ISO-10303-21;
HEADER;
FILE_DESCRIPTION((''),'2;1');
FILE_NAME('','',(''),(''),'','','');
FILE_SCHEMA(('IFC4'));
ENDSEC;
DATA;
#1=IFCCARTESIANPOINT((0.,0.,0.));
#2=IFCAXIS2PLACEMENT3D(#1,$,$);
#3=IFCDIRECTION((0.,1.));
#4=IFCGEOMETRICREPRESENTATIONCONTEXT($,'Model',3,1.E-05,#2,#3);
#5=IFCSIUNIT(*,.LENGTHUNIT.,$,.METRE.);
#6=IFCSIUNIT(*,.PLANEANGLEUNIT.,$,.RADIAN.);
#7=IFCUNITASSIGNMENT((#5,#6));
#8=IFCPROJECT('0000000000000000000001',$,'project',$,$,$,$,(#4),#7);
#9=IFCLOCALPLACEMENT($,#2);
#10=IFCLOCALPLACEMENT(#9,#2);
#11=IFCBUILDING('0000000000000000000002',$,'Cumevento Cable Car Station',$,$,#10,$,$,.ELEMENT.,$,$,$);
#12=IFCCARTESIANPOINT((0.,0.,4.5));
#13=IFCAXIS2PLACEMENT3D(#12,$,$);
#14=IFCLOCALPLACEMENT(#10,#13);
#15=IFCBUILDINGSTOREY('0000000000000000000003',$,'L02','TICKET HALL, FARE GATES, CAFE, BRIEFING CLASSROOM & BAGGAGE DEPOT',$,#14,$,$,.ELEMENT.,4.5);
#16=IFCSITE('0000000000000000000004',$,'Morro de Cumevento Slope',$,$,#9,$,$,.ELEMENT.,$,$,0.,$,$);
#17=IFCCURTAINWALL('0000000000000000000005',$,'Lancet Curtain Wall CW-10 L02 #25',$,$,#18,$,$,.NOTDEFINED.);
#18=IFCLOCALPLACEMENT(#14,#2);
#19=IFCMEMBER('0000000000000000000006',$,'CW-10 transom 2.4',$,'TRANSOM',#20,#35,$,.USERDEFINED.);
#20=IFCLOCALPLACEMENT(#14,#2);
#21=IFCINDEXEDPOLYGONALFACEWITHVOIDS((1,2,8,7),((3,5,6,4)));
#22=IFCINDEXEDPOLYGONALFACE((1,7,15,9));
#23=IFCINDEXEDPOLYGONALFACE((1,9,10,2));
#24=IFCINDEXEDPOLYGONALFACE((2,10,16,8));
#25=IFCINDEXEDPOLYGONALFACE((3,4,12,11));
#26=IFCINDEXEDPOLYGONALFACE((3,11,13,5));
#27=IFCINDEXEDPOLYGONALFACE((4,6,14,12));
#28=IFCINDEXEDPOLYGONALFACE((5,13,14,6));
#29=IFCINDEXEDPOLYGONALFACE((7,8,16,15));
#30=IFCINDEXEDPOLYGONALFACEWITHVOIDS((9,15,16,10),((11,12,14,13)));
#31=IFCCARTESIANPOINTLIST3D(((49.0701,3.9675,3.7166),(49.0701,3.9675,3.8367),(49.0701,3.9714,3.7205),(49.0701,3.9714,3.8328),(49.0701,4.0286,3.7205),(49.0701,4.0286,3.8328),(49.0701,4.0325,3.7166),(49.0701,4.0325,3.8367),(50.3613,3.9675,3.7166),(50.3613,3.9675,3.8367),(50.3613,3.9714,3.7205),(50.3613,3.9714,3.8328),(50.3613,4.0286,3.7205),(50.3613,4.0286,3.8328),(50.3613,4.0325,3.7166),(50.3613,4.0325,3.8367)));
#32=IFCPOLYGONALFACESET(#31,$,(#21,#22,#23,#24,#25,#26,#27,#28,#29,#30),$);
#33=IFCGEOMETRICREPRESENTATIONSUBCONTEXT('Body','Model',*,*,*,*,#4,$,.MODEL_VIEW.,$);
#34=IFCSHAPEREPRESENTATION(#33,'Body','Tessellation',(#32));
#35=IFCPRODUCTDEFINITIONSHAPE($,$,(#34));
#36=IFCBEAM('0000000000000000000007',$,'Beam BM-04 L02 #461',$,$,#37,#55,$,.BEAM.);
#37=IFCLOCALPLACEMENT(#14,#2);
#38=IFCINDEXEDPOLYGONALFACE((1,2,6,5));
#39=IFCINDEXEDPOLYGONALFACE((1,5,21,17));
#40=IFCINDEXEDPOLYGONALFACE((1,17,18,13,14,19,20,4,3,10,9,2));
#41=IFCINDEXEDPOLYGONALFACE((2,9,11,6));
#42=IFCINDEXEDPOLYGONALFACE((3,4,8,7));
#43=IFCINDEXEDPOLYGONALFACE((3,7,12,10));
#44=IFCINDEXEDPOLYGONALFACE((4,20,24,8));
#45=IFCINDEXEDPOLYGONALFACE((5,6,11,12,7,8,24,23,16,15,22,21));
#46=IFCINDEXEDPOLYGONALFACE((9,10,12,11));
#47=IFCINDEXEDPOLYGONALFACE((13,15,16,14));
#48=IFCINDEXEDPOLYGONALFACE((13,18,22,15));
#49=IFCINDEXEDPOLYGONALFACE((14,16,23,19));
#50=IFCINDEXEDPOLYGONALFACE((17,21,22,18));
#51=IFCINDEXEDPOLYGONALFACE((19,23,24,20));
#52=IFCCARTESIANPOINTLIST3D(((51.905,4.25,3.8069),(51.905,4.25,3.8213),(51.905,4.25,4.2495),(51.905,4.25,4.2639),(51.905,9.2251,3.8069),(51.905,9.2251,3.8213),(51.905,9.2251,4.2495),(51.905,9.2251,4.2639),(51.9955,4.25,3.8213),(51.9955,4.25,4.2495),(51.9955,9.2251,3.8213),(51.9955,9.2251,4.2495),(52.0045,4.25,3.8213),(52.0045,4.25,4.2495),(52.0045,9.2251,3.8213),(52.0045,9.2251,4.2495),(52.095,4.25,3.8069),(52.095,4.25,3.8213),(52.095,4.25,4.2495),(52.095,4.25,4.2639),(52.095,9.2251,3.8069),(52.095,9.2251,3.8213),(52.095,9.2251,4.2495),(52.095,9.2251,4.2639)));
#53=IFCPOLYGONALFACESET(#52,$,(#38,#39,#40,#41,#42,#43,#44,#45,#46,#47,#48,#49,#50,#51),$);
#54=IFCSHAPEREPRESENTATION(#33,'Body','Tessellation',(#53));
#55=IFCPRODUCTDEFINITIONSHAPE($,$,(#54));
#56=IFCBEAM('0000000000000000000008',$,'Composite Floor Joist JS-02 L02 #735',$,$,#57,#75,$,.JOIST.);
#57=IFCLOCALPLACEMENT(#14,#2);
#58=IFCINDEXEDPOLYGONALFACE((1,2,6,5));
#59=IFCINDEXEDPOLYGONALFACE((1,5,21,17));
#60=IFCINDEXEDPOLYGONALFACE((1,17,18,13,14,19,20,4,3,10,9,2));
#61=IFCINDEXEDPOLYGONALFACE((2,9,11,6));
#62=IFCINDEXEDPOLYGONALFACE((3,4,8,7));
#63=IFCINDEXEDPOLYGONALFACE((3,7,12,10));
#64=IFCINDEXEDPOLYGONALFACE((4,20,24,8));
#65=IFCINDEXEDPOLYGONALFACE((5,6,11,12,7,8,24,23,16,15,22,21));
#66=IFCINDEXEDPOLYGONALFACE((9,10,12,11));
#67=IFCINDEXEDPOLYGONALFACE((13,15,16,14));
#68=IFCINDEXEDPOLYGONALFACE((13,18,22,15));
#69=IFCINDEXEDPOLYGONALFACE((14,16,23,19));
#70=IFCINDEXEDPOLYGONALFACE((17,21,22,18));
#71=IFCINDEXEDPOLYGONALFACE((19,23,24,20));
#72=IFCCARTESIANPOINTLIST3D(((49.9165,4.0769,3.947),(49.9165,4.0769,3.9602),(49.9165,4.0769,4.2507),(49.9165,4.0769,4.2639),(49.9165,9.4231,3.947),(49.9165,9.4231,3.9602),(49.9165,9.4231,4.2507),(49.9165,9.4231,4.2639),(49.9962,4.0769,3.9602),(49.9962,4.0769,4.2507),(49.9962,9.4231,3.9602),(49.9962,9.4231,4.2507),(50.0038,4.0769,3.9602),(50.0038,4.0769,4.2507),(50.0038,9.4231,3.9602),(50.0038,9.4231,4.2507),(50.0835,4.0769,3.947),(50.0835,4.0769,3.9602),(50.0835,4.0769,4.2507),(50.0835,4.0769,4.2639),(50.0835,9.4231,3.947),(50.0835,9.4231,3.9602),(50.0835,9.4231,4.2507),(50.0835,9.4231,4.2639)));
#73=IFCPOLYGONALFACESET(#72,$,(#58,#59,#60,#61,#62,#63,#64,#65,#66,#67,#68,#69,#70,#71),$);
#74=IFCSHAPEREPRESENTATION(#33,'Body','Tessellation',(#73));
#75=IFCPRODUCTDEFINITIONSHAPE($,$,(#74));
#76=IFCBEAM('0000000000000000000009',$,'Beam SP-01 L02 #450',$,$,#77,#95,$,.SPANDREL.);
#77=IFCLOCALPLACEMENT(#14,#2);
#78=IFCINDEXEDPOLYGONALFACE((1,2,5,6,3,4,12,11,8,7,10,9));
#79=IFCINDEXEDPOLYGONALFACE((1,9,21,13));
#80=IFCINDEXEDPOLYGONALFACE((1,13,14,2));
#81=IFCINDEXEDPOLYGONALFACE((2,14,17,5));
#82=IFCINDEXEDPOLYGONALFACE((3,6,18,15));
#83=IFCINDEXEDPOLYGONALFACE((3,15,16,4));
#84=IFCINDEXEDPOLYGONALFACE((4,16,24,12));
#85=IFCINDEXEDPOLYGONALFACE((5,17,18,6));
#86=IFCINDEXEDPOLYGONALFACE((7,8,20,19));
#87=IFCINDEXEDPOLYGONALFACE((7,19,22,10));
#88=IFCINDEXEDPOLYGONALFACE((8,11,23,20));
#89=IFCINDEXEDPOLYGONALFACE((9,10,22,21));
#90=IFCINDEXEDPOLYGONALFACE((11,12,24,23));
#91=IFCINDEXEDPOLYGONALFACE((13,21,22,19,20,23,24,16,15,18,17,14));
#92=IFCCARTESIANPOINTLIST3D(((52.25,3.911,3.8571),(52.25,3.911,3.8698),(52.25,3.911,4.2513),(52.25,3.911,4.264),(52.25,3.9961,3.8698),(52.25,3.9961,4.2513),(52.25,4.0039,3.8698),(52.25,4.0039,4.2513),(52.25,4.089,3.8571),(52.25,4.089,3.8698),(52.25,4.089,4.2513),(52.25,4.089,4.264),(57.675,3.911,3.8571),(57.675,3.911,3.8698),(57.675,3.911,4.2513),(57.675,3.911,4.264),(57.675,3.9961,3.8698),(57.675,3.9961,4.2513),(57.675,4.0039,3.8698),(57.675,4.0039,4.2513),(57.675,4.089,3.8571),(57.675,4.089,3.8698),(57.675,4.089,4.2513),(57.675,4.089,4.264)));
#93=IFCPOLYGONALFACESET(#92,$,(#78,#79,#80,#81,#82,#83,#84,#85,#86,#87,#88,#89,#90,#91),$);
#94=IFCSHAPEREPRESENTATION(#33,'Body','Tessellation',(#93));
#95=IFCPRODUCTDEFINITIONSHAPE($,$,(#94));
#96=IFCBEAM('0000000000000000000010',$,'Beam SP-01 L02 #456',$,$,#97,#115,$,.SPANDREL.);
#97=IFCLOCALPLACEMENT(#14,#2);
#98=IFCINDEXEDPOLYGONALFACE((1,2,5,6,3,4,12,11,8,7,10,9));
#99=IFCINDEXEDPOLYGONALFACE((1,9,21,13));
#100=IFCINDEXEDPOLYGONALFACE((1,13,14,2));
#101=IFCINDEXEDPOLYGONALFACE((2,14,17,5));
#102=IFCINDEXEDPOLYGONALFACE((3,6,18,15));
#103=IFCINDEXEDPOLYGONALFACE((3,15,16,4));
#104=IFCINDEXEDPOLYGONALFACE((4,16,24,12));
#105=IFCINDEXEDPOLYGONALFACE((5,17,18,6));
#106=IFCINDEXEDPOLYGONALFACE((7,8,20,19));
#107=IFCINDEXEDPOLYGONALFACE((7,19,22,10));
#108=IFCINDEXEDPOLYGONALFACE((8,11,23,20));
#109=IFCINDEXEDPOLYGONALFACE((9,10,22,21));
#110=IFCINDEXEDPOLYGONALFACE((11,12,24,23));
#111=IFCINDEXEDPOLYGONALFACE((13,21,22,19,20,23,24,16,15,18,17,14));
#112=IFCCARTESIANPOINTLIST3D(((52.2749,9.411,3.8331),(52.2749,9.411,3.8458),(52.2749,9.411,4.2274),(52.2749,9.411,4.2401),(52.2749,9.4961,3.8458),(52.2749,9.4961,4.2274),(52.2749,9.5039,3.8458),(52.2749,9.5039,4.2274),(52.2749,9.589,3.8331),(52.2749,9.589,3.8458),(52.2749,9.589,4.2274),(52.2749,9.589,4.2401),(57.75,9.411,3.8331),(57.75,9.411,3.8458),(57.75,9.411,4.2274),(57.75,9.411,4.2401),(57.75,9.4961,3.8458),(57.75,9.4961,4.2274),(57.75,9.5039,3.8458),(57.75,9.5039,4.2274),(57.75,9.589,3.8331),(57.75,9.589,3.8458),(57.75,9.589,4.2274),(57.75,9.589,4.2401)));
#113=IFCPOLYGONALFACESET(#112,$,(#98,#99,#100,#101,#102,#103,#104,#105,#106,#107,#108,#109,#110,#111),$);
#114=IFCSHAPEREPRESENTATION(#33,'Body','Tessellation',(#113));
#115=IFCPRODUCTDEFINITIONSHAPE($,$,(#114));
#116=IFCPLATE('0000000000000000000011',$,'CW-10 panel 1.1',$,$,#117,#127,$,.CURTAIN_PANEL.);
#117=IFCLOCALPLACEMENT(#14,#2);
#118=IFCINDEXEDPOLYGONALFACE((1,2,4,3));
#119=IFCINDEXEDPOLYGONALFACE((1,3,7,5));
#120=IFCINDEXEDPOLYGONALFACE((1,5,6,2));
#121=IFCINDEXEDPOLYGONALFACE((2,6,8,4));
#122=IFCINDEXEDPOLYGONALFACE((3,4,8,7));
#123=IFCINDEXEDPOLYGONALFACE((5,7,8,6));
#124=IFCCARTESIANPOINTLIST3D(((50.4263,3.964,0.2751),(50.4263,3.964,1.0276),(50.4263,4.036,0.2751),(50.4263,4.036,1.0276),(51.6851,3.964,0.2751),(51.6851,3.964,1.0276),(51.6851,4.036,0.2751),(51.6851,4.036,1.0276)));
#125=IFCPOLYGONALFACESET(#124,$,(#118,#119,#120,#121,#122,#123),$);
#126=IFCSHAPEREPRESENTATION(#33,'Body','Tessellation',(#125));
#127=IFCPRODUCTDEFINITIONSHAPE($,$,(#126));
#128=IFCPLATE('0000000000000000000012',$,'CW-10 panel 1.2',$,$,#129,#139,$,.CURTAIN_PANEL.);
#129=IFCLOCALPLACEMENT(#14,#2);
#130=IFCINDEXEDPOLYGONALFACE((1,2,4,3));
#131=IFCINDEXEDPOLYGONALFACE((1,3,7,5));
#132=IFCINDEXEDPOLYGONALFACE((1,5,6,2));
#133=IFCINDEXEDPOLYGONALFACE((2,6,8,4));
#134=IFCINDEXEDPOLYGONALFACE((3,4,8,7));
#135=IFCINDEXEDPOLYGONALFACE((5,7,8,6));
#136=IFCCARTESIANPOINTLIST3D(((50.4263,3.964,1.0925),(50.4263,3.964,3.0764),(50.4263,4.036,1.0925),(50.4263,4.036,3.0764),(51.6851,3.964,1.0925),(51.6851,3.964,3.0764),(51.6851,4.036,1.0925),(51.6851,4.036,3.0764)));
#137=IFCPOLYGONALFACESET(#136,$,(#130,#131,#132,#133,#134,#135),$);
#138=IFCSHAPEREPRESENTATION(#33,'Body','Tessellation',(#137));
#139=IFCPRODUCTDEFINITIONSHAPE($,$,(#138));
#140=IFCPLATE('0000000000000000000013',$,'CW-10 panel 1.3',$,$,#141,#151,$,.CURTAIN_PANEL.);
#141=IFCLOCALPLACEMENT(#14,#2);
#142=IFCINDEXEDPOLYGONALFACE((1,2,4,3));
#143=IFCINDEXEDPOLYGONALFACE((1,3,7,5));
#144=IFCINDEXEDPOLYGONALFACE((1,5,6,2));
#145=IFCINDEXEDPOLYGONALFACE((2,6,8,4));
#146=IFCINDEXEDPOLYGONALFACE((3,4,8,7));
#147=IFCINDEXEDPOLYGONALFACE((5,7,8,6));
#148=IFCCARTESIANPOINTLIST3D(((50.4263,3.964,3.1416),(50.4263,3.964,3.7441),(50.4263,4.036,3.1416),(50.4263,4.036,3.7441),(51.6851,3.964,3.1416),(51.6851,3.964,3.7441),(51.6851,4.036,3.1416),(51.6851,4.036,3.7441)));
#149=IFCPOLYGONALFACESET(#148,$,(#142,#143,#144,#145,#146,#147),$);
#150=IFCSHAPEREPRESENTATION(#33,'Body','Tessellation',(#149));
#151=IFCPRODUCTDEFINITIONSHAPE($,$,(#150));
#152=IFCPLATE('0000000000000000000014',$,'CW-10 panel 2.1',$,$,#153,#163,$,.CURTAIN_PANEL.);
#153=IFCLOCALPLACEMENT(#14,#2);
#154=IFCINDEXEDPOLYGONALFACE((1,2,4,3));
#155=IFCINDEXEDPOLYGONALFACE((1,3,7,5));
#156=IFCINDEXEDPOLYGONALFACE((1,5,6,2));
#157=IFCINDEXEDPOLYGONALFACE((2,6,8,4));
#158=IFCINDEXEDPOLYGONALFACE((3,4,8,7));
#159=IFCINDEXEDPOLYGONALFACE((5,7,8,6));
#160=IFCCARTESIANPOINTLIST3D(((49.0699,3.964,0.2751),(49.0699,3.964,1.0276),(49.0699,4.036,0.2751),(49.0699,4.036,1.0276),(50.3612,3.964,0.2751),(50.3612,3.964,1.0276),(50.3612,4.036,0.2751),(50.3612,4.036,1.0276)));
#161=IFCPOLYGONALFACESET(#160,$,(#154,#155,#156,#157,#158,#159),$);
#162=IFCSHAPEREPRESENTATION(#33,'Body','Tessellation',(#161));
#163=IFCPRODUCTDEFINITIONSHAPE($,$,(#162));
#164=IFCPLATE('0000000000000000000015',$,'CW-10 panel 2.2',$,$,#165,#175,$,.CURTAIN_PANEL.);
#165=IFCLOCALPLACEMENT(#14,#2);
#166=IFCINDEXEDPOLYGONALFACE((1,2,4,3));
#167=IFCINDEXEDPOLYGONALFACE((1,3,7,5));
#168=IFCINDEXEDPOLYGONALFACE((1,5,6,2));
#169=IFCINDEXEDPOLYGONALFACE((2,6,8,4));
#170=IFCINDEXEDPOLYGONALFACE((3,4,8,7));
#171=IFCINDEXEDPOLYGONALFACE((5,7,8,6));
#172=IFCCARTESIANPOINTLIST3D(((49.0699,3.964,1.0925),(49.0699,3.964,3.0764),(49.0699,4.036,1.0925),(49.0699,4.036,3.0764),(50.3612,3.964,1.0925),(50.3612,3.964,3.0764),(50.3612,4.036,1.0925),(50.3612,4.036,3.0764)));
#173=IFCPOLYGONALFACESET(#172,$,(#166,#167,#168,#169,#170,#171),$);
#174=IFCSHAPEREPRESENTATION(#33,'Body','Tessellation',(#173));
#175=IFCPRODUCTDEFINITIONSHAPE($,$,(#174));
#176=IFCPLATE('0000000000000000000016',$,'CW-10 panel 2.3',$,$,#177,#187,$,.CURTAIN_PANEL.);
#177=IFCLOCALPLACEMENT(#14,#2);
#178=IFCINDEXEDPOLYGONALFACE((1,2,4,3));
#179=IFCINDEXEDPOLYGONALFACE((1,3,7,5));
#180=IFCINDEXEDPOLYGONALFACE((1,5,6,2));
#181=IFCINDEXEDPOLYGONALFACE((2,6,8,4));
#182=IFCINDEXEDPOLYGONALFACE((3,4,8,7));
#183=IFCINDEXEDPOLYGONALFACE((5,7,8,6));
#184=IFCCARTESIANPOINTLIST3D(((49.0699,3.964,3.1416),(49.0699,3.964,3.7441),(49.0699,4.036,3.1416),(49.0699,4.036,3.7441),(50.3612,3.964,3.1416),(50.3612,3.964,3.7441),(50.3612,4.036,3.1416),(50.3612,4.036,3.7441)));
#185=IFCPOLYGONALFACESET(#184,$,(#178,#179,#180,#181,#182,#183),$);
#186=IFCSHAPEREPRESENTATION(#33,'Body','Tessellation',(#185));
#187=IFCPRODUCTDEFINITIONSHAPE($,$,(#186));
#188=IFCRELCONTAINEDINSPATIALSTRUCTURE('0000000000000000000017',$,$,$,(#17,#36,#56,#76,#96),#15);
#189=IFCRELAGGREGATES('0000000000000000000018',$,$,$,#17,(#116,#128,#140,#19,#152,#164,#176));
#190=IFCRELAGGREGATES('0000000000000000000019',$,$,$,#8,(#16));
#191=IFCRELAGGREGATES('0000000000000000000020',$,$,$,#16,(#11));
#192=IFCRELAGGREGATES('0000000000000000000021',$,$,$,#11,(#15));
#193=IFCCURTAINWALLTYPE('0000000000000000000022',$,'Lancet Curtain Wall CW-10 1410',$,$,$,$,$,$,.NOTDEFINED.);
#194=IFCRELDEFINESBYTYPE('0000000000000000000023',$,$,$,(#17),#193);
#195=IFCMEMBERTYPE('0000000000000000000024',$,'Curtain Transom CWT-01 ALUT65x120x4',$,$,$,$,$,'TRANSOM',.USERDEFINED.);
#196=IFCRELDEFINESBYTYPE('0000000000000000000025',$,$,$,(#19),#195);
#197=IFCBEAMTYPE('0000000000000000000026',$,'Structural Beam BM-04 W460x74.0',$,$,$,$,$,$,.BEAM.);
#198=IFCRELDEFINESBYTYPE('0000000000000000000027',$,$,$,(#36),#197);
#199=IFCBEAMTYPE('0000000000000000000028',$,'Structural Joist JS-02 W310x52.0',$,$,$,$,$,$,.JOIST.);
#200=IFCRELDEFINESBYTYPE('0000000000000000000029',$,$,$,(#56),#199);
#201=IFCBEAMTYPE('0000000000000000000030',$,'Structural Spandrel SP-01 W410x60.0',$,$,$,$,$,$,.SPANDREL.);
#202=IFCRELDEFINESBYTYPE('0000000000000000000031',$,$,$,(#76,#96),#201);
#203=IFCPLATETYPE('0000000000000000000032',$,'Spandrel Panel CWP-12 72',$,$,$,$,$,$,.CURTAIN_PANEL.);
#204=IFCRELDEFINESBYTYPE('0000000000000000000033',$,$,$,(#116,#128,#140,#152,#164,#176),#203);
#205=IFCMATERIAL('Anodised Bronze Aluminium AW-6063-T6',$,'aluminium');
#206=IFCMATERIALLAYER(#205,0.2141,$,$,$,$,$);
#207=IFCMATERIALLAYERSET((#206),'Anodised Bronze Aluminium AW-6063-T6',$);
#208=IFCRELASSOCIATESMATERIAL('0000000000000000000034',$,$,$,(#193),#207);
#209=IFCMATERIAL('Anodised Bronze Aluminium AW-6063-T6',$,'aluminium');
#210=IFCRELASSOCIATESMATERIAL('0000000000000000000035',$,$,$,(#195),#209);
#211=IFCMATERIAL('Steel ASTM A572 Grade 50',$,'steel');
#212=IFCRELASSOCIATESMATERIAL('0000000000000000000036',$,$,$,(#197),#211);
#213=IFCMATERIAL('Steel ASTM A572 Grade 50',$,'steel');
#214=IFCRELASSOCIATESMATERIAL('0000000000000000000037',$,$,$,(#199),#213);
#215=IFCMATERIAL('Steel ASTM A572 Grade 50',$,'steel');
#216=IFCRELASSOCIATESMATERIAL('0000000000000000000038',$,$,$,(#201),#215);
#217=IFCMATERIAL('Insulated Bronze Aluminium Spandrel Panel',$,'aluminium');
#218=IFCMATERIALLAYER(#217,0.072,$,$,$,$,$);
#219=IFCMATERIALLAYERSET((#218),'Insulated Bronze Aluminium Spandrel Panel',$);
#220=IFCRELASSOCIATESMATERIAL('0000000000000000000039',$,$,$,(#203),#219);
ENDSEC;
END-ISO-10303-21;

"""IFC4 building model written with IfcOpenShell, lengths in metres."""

from ifc_helpers import new_model, si_unit, direction, frame, origin, origin_2d, place, context, subcontext, project, spatial, rectangle, hollow_rectangle, i_section, extrude, material, layer, layer_set, material_profile, profile_set, type_object, element, aggregate, save


model = new_model("IFC4")

# Units and contexts
model_context = context("Model", 3, precision=1e-05, world=origin(), true_north=direction((0.0, 1.0)))
body_context = subcontext(model_context, "Body", "Model", "MODEL_VIEW")
ifc_project = project(units=[si_unit("LENGTHUNIT", "METRE"), si_unit("PLANEANGLEUNIT", "RADIAN")], contexts=[model_context])

# Site, building, storey
site_placement = place(None, origin())
site = spatial("IfcSite", under=ifc_project, at=site_placement, Name="Morro de Cumevento Slope", CompositionType="ELEMENT", RefElevation=0.0)
building_placement = place(site_placement, origin())
building = spatial("IfcBuilding", under=site, at=building_placement, Name="Cumevento Cable Car Station", CompositionType="ELEMENT")
storey_placement = place(building_placement, frame((0.0, 0.0, 4.5)))
storey = spatial("IfcBuildingStorey", under=building, at=storey_placement, Name="L02", Description="TICKET HALL, FARE GATES, CAFE, BRIEFING CLASSROOM & BAGGAGE DEPOT", CompositionType="ELEMENT", Elevation=4.5)

# Curtain wall, member
ifc_material_1 = material(Name="Anodised Bronze Aluminium AW-6063-T6", Category="aluminium")
ifc_layer_1 = layer(ifc_material_1, 0.2141)
ifc_layer_set_1 = layer_set([ifc_layer_1], Name="Anodised Bronze Aluminium AW-6063-T6")
curtain_wall_type = type_object("IfcCurtainWallType", Name="Lancet Curtain Wall CW-10 1410", PredefinedType="NOTDEFINED", material=ifc_layer_set_1)
curtain_wall_placement = place(storey_placement, origin())
curtain_wall = element("IfcCurtainWall", 1, at=curtain_wall_placement, inside=storey, type_object=curtain_wall_type, Name="Lancet Curtain Wall CW-10 L02 #25", PredefinedType="NOTDEFINED")
ifc_material_2 = material(Name="Anodised Bronze Aluminium AW-6063-T6", Category="aluminium")
ifc_material_profile_1 = material_profile(ifc_material_2, hollow_rectangle(XDim=0.0649, YDim=0.1201, WallThickness=0.0039, at=origin_2d()), Name="ALUT65x120x4")
ifc_profile_set_1 = profile_set([ifc_material_profile_1], Name="Anodised Bronze Aluminium AW-6063-T6")
member_type_1 = type_object("IfcMemberType", Name="Curtain Transom CWT-01 ALUT65x120x4", ElementType="TRANSOM", PredefinedType="USERDEFINED", material=ifc_profile_set_1)
member_1_placement = place(storey_placement, frame((50.3613, 4.0, 3.7766), z_axis=(-1.0, 0.0, 0.0), x_axis=(0.0, -1.0, 0.0)))
member_1 = element("IfcMember", 2, at=member_1_placement, type_object=member_type_1, Name="CW-10 transom 2.4", ObjectType="TRANSOM", PredefinedType="USERDEFINED", context=body_context, shape_type="SweptSolid", body=[
    extrude(hollow_rectangle(XDim=0.0649, YDim=0.1201, WallThickness=0.0039, at=origin_2d()), origin(), (0.0, 0.0, 1.0), 1.2913),
])

# Beams
ifc_material_3 = material(Name="Steel ASTM A572 Grade 50", Category="steel")
ifc_material_profile_2 = material_profile(ifc_material_3, i_section(OverallWidth=0.1899, OverallDepth=0.457, WebThickness=0.009, FlangeThickness=0.0144, at=origin_2d()), Name="W460x74.0")
ifc_profile_set_2 = profile_set([ifc_material_profile_2], Name="Steel ASTM A572 Grade 50")
beam_type_1 = type_object("IfcBeamType", Name="Structural Beam BM-04 W460x74.0", PredefinedType="BEAM", material=ifc_profile_set_2)
beam_1_placement = place(storey_placement, frame((52.0, 4.25, 4.0354), z_axis=(0.0, 1.0, 0.0), x_axis=(-1.0, 0.0, 0.0)))
element("IfcBeam", 3, at=beam_1_placement, inside=storey, type_object=beam_type_1, Name="Beam BM-04 L02 #461", PredefinedType="BEAM", context=body_context, shape_type="SweptSolid", body=[
    extrude(i_section(OverallWidth=0.1899, OverallDepth=0.457, WebThickness=0.009, FlangeThickness=0.0144, at=origin_2d()), origin(), (0.0, 0.0, 1.0), 4.9751),
])
ifc_material_4 = material(Name="Steel ASTM A572 Grade 50", Category="steel")
ifc_material_profile_3 = material_profile(ifc_material_4, i_section(OverallWidth=0.167, OverallDepth=0.3169, WebThickness=0.0076, FlangeThickness=0.0132, at=origin_2d()), Name="W310x52.0")
ifc_profile_set_3 = profile_set([ifc_material_profile_3], Name="Steel ASTM A572 Grade 50")
beam_type_2 = type_object("IfcBeamType", Name="Structural Joist JS-02 W310x52.0", PredefinedType="JOIST", material=ifc_profile_set_3)
beam_2_placement = place(storey_placement, frame((50.0, 4.0769, 4.1055), z_axis=(0.0, 1.0, 0.0), x_axis=(-1.0, 0.0, 0.0)))
element("IfcBeam", 4, at=beam_2_placement, inside=storey, type_object=beam_type_2, Name="Composite Floor Joist JS-02 L02 #735", PredefinedType="JOIST", context=body_context, shape_type="SweptSolid", body=[
    extrude(i_section(OverallWidth=0.167, OverallDepth=0.3169, WebThickness=0.0076, FlangeThickness=0.0132, at=origin_2d()), origin(), (0.0, 0.0, 1.0), 5.3462),
])
ifc_material_5 = material(Name="Steel ASTM A572 Grade 50", Category="steel")
ifc_material_profile_4 = material_profile(ifc_material_5, i_section(OverallWidth=0.178, OverallDepth=0.407, WebThickness=0.0078, FlangeThickness=0.0127, at=origin_2d()), Name="W410x60.0")
ifc_profile_set_4 = profile_set([ifc_material_profile_4], Name="Steel ASTM A572 Grade 50")
beam_type_3 = type_object("IfcBeamType", Name="Structural Spandrel SP-01 W410x60.0", PredefinedType="SPANDREL", material=ifc_profile_set_4)
beam_3_placement = place(storey_placement, frame((52.25, 4.0, 4.0605), z_axis=(1.0, 0.0, 0.0), x_axis=(0.0, 1.0, 0.0)))
element("IfcBeam", 5, at=beam_3_placement, inside=storey, type_object=beam_type_3, Name="Beam SP-01 L02 #450", PredefinedType="SPANDREL", context=body_context, shape_type="SweptSolid", body=[
    extrude(i_section(OverallWidth=0.178, OverallDepth=0.407, WebThickness=0.0078, FlangeThickness=0.0127, at=origin_2d()), origin(), (0.0, 0.0, 1.0), 5.425),
])
beam_4_placement = place(storey_placement, frame((52.2749, 9.5, 4.0366), z_axis=(1.0, 0.0, 0.0), x_axis=(0.0, 1.0, 0.0)))
element("IfcBeam", 6, at=beam_4_placement, inside=storey, type_object=beam_type_3, Name="Beam SP-01 L02 #456", PredefinedType="SPANDREL", context=body_context, shape_type="SweptSolid", body=[
    extrude(i_section(OverallWidth=0.178, OverallDepth=0.407, WebThickness=0.0078, FlangeThickness=0.0127, at=origin_2d()), origin(), (0.0, 0.0, 1.0), 5.4751),
])

# Plates
ifc_material_6 = material(Name="Insulated Bronze Aluminium Spandrel Panel", Category="aluminium")
ifc_layer_2 = layer(ifc_material_6, 0.072)
ifc_layer_set_2 = layer_set([ifc_layer_2], Name="Insulated Bronze Aluminium Spandrel Panel")
plate_type = type_object("IfcPlateType", Name="Spandrel Panel CWP-12 72", PredefinedType="CURTAIN_PANEL", material=ifc_layer_set_2)
plate_1_placement = place(storey_placement, frame((51.0557, 4.0, 0.2751), z_axis=(0.0, 0.0, 1.0), x_axis=(-1.0, 0.0, 0.0)))
plate_1 = element("IfcPlate", 7, at=plate_1_placement, type_object=plate_type, Name="CW-10 panel 1.1", PredefinedType="CURTAIN_PANEL", context=body_context, shape_type="SweptSolid", body=[
    extrude(rectangle(XDim=1.2588, YDim=0.072, at=origin_2d()), origin(), (0.0, 0.0, 1.0), 0.7524),
])
plate_2_placement = place(storey_placement, frame((51.0557, 4.0, 1.0925), z_axis=(0.0, 0.0, 1.0), x_axis=(-1.0, 0.0, 0.0)))
plate_2 = element("IfcPlate", 8, at=plate_2_placement, type_object=plate_type, Name="CW-10 panel 1.2", PredefinedType="CURTAIN_PANEL", context=body_context, shape_type="SweptSolid", body=[
    extrude(rectangle(XDim=1.2588, YDim=0.072, at=origin_2d()), origin(), (0.0, 0.0, 1.0), 1.9839),
])
plate_3_placement = place(storey_placement, frame((51.0557, 4.0, 3.1416), z_axis=(0.0, 0.0, 1.0), x_axis=(-1.0, 0.0, 0.0)))
plate_3 = element("IfcPlate", 9, at=plate_3_placement, type_object=plate_type, Name="CW-10 panel 1.3", PredefinedType="CURTAIN_PANEL", context=body_context, shape_type="SweptSolid", body=[
    extrude(rectangle(XDim=1.2588, YDim=0.072, at=origin_2d()), origin(), (0.0, 0.0, 1.0), 0.6025),
])
plate_4_placement = place(storey_placement, frame((49.7156, 4.0, 0.2751), z_axis=(0.0, 0.0, 1.0), x_axis=(-1.0, 0.0, 0.0)))
plate_4 = element("IfcPlate", 10, at=plate_4_placement, type_object=plate_type, Name="CW-10 panel 2.1", PredefinedType="CURTAIN_PANEL", context=body_context, shape_type="SweptSolid", body=[
    extrude(rectangle(XDim=1.2913, YDim=0.072, at=origin_2d()), origin(), (0.0, 0.0, 1.0), 0.7524),
])
plate_5_placement = place(storey_placement, frame((49.7156, 4.0, 1.0925), z_axis=(0.0, 0.0, 1.0), x_axis=(-1.0, 0.0, 0.0)))
plate_5 = element("IfcPlate", 11, at=plate_5_placement, type_object=plate_type, Name="CW-10 panel 2.2", PredefinedType="CURTAIN_PANEL", context=body_context, shape_type="SweptSolid", body=[
    extrude(rectangle(XDim=1.2913, YDim=0.072, at=origin_2d()), origin(), (0.0, 0.0, 1.0), 1.9839),
])
plate_6_placement = place(storey_placement, frame((49.7156, 4.0, 3.1416), z_axis=(0.0, 0.0, 1.0), x_axis=(-1.0, 0.0, 0.0)))
plate_6 = element("IfcPlate", 12, at=plate_6_placement, type_object=plate_type, Name="CW-10 panel 2.3", PredefinedType="CURTAIN_PANEL", context=body_context, shape_type="SweptSolid", body=[
    extrude(rectangle(XDim=1.2913, YDim=0.072, at=origin_2d()), origin(), (0.0, 0.0, 1.0), 0.6025),
])
aggregate(curtain_wall, [plate_1, plate_2, plate_3, member_1, plate_4, plate_5, plate_6])

save(model, "model.ifc")
